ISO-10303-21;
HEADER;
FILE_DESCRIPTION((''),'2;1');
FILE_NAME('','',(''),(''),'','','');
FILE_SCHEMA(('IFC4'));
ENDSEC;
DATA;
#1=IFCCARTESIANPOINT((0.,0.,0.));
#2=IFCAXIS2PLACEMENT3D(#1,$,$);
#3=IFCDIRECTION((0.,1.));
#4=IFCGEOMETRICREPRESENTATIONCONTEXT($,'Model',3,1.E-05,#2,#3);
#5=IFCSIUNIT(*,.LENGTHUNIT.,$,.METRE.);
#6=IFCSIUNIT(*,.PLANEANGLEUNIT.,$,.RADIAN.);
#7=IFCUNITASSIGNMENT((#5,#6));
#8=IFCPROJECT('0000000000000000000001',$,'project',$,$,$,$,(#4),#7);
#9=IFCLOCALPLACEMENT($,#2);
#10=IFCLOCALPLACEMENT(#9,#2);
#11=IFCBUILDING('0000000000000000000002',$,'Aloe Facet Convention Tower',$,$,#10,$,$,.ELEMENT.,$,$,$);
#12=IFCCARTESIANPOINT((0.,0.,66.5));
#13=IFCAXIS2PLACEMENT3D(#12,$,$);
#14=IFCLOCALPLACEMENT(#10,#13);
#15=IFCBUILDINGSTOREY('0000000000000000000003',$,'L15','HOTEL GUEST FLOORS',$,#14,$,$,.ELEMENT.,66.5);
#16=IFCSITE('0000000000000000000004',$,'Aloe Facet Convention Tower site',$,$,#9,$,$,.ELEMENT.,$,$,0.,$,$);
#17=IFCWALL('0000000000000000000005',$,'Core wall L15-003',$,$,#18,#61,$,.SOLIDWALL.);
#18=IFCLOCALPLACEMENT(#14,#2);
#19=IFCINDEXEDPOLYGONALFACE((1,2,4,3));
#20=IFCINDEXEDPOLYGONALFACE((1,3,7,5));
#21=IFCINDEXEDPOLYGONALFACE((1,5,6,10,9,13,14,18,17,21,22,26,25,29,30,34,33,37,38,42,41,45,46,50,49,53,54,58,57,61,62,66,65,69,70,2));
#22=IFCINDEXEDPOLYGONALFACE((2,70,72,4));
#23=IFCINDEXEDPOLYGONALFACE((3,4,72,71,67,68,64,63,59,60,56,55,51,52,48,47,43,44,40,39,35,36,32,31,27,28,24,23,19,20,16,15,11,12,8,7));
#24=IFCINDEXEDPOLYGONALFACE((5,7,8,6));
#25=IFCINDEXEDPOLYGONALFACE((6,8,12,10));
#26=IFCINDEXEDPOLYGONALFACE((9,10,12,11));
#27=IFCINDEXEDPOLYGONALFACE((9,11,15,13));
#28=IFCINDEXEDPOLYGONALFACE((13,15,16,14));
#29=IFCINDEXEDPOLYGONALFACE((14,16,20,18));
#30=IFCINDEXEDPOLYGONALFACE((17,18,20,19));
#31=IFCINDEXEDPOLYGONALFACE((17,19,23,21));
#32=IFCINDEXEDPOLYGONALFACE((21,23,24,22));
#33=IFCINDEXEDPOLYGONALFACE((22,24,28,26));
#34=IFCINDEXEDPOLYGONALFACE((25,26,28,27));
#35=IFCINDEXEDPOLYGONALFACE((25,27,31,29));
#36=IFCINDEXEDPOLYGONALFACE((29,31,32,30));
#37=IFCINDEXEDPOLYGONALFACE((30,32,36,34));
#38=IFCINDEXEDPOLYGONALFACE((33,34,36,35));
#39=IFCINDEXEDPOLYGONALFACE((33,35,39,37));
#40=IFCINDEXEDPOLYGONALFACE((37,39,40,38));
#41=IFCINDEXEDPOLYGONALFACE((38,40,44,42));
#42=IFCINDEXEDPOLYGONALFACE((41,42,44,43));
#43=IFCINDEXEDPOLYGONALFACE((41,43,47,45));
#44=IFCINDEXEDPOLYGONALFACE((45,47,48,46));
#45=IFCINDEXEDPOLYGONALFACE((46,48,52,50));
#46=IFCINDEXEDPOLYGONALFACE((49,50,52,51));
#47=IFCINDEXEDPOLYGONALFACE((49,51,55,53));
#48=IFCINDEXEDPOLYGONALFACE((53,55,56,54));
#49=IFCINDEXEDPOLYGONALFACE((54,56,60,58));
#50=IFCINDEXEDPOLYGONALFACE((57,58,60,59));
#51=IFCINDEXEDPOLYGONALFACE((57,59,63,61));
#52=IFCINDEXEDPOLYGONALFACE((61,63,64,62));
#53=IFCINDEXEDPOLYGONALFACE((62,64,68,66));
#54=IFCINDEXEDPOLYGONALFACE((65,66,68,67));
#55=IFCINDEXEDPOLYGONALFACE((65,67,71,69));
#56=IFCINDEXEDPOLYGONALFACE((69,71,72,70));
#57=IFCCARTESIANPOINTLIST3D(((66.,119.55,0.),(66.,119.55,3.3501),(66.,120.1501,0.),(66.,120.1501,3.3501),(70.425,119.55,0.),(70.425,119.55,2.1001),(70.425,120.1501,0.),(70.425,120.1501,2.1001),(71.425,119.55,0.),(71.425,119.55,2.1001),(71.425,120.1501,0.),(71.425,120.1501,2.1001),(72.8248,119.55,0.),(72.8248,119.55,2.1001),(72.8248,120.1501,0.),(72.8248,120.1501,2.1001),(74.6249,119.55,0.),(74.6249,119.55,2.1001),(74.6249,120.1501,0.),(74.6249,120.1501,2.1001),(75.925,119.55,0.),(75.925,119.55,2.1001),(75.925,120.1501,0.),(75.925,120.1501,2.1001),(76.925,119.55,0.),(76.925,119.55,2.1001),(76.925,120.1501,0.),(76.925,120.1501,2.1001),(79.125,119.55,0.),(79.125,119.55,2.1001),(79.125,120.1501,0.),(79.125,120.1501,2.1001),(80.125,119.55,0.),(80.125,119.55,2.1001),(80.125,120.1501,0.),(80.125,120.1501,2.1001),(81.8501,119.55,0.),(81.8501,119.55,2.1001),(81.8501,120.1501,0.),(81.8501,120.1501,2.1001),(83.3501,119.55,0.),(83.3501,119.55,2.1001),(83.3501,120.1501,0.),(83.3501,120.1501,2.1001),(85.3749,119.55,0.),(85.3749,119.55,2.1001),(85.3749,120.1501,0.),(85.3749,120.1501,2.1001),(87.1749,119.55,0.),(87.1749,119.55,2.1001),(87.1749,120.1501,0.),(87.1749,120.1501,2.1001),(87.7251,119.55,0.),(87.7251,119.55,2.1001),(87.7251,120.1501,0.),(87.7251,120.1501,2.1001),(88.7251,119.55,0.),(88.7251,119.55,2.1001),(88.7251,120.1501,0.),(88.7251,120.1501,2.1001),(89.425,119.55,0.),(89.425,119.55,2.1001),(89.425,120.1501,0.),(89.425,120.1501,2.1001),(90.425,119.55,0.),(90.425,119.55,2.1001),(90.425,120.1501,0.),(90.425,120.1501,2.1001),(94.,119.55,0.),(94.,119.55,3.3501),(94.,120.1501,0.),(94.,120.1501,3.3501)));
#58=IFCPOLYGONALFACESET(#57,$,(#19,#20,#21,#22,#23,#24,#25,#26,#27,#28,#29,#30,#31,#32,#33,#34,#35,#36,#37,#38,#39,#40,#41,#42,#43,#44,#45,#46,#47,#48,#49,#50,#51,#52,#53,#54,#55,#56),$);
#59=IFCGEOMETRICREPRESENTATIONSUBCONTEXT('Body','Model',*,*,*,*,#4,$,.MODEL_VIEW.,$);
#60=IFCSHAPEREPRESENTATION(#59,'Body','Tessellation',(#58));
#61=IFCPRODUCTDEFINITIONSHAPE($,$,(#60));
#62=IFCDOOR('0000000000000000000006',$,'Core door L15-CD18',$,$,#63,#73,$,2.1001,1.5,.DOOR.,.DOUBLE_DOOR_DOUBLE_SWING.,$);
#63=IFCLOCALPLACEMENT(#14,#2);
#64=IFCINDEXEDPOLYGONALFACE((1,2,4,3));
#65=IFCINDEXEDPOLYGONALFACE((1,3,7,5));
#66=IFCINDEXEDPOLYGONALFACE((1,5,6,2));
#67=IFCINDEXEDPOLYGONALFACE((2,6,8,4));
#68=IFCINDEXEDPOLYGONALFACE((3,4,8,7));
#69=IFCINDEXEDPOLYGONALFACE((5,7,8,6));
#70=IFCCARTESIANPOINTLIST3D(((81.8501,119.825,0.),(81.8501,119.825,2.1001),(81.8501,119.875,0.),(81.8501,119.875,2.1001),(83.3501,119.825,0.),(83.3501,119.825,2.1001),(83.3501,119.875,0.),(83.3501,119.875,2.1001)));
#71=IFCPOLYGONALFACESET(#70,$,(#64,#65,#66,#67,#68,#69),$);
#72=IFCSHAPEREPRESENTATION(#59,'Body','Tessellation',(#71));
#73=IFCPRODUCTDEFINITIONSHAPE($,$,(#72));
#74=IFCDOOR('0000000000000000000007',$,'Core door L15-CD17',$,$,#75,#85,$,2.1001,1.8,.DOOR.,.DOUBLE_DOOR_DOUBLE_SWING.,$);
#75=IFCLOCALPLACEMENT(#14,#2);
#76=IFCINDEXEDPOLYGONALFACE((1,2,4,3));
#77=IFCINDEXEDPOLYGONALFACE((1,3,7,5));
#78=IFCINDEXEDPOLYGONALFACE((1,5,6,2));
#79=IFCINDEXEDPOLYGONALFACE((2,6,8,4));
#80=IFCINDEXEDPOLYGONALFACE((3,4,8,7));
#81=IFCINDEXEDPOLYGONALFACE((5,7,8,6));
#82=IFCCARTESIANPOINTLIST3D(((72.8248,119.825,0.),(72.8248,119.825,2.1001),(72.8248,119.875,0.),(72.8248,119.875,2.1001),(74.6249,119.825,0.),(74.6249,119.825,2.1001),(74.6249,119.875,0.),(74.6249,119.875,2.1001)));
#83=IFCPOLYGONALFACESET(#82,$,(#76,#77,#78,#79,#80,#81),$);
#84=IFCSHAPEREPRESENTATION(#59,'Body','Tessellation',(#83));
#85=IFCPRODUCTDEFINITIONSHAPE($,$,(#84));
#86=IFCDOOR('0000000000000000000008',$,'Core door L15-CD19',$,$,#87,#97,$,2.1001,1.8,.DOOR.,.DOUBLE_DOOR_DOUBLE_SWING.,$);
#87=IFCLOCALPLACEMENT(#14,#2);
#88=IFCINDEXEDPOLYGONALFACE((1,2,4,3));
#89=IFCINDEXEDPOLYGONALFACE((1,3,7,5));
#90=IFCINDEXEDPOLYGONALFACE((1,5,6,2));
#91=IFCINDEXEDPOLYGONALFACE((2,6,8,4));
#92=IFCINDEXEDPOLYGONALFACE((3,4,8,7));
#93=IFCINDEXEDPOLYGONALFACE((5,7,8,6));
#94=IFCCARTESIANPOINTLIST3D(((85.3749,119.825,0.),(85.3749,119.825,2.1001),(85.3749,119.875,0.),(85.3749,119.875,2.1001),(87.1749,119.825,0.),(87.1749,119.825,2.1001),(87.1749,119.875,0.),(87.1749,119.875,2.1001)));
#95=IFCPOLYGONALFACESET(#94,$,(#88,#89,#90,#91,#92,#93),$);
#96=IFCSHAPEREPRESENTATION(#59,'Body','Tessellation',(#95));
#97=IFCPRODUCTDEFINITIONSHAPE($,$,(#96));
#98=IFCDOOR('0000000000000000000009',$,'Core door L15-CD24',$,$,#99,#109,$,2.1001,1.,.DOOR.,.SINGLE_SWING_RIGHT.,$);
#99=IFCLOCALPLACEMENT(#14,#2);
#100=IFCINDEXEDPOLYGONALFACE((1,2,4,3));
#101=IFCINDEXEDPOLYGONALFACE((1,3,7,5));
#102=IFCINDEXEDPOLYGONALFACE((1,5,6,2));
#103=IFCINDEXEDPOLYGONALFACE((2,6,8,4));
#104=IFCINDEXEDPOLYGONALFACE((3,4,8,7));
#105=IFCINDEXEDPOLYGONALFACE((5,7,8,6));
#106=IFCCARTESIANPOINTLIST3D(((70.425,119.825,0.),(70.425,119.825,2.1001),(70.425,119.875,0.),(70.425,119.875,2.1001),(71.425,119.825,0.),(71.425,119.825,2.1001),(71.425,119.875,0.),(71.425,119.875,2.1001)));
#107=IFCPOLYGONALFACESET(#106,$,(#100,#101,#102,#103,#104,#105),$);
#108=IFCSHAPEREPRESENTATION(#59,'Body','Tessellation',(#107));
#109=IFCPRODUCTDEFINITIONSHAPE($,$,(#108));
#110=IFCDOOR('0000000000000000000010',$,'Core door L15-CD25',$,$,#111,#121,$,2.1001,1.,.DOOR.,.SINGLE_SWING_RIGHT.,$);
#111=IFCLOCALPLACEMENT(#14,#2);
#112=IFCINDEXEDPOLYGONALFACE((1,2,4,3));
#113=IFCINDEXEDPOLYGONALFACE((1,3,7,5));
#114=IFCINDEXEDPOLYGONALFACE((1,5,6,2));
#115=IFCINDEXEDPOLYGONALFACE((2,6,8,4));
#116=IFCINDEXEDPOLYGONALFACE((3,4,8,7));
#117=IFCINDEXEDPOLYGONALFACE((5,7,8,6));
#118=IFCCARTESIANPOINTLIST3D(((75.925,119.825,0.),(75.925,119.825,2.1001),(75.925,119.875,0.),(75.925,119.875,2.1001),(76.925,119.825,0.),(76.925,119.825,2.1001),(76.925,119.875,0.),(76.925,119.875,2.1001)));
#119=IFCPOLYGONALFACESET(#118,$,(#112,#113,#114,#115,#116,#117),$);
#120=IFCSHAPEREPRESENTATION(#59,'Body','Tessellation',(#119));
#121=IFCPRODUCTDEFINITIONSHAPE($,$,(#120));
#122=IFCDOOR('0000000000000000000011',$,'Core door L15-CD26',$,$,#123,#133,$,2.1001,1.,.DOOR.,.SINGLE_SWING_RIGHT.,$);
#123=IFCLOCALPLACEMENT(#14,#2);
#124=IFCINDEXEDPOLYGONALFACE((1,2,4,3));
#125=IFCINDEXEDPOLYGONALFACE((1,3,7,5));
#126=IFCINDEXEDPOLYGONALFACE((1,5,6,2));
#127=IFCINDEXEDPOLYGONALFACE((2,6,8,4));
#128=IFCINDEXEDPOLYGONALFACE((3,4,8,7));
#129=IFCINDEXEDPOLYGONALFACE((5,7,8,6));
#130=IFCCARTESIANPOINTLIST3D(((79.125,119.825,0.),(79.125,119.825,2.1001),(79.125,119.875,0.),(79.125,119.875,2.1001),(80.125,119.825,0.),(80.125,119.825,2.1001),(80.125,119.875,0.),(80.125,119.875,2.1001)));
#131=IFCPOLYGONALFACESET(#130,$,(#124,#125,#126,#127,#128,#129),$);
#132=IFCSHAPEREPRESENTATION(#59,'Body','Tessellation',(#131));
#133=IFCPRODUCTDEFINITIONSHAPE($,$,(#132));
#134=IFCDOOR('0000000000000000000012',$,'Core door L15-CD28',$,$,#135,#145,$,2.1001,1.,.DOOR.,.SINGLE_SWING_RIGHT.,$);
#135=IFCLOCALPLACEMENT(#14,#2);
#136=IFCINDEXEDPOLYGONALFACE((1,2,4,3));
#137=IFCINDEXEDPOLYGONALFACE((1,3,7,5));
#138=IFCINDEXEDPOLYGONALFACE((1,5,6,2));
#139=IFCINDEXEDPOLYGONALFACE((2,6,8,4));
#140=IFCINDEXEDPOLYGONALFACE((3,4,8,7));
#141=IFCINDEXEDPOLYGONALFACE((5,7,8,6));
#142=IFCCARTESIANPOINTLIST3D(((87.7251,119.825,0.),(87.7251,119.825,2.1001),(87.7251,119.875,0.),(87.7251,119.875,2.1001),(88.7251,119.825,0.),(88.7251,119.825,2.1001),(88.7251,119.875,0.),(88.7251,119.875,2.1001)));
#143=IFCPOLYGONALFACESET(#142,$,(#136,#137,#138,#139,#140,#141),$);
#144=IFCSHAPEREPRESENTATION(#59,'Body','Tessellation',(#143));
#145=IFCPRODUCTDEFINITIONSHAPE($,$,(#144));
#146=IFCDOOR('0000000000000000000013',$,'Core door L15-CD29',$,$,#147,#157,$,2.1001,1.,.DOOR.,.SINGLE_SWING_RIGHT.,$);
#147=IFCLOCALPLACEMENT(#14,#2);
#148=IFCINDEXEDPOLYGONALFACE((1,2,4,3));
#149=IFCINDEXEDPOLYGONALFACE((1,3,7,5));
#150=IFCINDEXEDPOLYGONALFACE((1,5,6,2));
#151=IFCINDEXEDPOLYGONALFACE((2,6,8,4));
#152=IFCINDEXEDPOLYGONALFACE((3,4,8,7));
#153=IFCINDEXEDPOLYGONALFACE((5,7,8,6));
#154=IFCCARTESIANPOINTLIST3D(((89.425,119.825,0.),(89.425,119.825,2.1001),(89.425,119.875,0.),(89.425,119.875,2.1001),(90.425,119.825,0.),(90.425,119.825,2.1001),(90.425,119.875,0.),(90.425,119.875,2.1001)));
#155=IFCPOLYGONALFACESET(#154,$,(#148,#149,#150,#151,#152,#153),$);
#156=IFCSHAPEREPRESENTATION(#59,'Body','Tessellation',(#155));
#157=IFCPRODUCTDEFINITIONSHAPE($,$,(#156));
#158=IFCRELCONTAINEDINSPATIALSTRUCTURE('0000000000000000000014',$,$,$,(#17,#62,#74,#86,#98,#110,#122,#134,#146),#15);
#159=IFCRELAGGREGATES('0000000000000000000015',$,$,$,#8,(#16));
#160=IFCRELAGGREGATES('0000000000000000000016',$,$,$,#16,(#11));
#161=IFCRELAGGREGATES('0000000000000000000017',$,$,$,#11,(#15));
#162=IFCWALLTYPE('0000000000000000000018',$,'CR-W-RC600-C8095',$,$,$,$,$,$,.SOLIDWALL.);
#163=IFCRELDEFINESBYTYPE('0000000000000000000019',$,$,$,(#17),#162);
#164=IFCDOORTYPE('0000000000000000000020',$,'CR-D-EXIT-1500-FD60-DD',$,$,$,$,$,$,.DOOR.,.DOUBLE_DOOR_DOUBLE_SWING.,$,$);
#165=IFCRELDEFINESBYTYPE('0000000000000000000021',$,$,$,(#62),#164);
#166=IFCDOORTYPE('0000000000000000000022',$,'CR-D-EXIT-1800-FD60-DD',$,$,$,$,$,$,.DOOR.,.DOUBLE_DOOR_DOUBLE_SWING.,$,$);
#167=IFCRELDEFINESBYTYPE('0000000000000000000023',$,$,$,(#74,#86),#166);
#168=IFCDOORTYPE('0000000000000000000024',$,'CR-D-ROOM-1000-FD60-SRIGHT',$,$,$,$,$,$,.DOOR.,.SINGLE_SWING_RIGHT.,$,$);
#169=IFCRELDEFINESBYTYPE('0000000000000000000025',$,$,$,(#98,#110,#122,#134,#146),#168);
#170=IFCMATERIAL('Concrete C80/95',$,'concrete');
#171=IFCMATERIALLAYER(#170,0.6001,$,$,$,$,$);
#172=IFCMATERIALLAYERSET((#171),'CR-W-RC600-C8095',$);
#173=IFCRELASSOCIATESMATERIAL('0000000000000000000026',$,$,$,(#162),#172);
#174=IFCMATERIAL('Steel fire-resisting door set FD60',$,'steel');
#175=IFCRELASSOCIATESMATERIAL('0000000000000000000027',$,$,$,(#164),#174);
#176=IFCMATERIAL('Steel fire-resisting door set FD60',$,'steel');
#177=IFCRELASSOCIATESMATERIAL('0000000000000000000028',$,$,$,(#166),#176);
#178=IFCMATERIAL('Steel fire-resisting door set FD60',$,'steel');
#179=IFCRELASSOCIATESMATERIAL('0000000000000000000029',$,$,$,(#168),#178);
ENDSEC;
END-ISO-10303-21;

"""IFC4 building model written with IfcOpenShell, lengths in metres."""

from ifc_helpers import new_model, si_unit, direction, frame, frame_2d, origin, place, context, subcontext, project, spatial, rectangle, extrude, material, layer, layer_set, type_object, element, fill, save


model = new_model("IFC4")

# Units and contexts
model_context = context("Model", 3, precision=1e-05, world=origin(), true_north=direction((0.0, 1.0)))
body_context = subcontext(model_context, "Body", "Model", "MODEL_VIEW")
ifc_project = project(units=[si_unit("LENGTHUNIT", "METRE"), si_unit("PLANEANGLEUNIT", "RADIAN")], contexts=[model_context])

# Site, building, storey
site_placement = place(None, origin())
site = spatial("IfcSite", under=ifc_project, at=site_placement, Name="Aloe Facet Convention Tower site", CompositionType="ELEMENT", RefElevation=0.0)
building_placement = place(site_placement, origin())
building = spatial("IfcBuilding", under=site, at=building_placement, Name="Aloe Facet Convention Tower", CompositionType="ELEMENT")
storey_placement = place(building_placement, frame((0.0, 0.0, 66.5)))
storey = spatial("IfcBuildingStorey", under=building, at=storey_placement, Name="L15", Description="HOTEL GUEST FLOORS", CompositionType="ELEMENT", Elevation=66.5)

# Wall, openings, doors
ifc_material_1 = material(Name="Concrete C80/95", Category="concrete")
ifc_layer_1 = layer(ifc_material_1, 0.6001)
ifc_layer_set_1 = layer_set([ifc_layer_1], Name="CR-W-RC600-C8095")
wall_type_1 = type_object("IfcWallType", Name="CR-W-RC600-C8095", PredefinedType="SOLIDWALL", material=ifc_layer_set_1)
wall_1_placement = place(storey_placement, frame((66.0, 119.8501, 0.0), z_axis=(0.0, 0.0, 1.0), x_axis=(1.0, 0.0, 0.0)))
wall_1 = element("IfcWall", 1, at=wall_1_placement, inside=storey, type_object=wall_type_1, Name="Core wall L15-003", PredefinedType="SOLIDWALL", context=body_context, shape_type="SweptSolid", body=[
    extrude(rectangle(XDim=28.0, YDim=0.6001, at=frame_2d((14.0, 0.0))), origin(), (0.0, 0.0, 1.0), 3.3501),
])
opening_1_placement = place(wall_1_placement, frame((6.825, 0.0, 0.0)))
opening_1 = element("IfcOpeningElement", 2, at=opening_1_placement, cuts=wall_1, PredefinedType="OPENING", context=body_context, shape_type="SweptSolid", body=[
    extrude(rectangle(XDim=1.8, YDim=2.1001, at=frame_2d((0.8999, 1.05))), frame((0.0, 0.3101, 0.0), z_axis=(0.0, -1.0, 0.0), x_axis=(1.0, 0.0, 0.0)), (0.0, 0.0, 1.0), 0.6201),
])
opening_2_placement = place(wall_1_placement, frame((15.8501, 0.0, 0.0)))
opening_2 = element("IfcOpeningElement", 3, at=opening_2_placement, cuts=wall_1, PredefinedType="OPENING", context=body_context, shape_type="SweptSolid", body=[
    extrude(rectangle(XDim=1.5, YDim=2.1001, at=frame_2d((0.75, 1.05))), frame((0.0, 0.3101, 0.0), z_axis=(0.0, -1.0, 0.0), x_axis=(1.0, 0.0, 0.0)), (0.0, 0.0, 1.0), 0.6201),
])
opening_3_placement = place(wall_1_placement, frame((19.375, 0.0, 0.0)))
opening_3 = element("IfcOpeningElement", 4, at=opening_3_placement, cuts=wall_1, PredefinedType="OPENING", context=body_context, shape_type="SweptSolid", body=[
    extrude(rectangle(XDim=1.8, YDim=2.1001, at=frame_2d((0.8999, 1.05))), frame((0.0, 0.3101, 0.0), z_axis=(0.0, -1.0, 0.0), x_axis=(1.0, 0.0, 0.0)), (0.0, 0.0, 1.0), 0.6201),
])
opening_4_placement = place(wall_1_placement, frame((4.425, 0.0, 0.0)))
opening_4 = element("IfcOpeningElement", 5, at=opening_4_placement, cuts=wall_1, PredefinedType="OPENING", context=body_context, shape_type="SweptSolid", body=[
    extrude(rectangle(XDim=1.0, YDim=2.1001, at=frame_2d((0.5, 1.05))), frame((0.0, 0.3101, 0.0), z_axis=(0.0, -1.0, 0.0), x_axis=(1.0, 0.0, 0.0)), (0.0, 0.0, 1.0), 0.6201),
])
opening_5_placement = place(wall_1_placement, frame((9.925, 0.0, 0.0)))
opening_5 = element("IfcOpeningElement", 6, at=opening_5_placement, cuts=wall_1, PredefinedType="OPENING", context=body_context, shape_type="SweptSolid", body=[
    extrude(rectangle(XDim=1.0, YDim=2.1001, at=frame_2d((0.5, 1.05))), frame((0.0, 0.3101, 0.0), z_axis=(0.0, -1.0, 0.0), x_axis=(1.0, 0.0, 0.0)), (0.0, 0.0, 1.0), 0.6201),
])
opening_6_placement = place(wall_1_placement, frame((13.125, 0.0, 0.0)))
opening_6 = element("IfcOpeningElement", 7, at=opening_6_placement, cuts=wall_1, PredefinedType="OPENING", context=body_context, shape_type="SweptSolid", body=[
    extrude(rectangle(XDim=1.0, YDim=2.1001, at=frame_2d((0.5, 1.05))), frame((0.0, 0.3101, 0.0), z_axis=(0.0, -1.0, 0.0), x_axis=(1.0, 0.0, 0.0)), (0.0, 0.0, 1.0), 0.6201),
])
opening_7_placement = place(wall_1_placement, frame((21.7251, 0.0, 0.0)))
opening_7 = element("IfcOpeningElement", 8, at=opening_7_placement, cuts=wall_1, PredefinedType="OPENING", context=body_context, shape_type="SweptSolid", body=[
    extrude(rectangle(XDim=1.0, YDim=2.1001, at=frame_2d((0.5, 1.05))), frame((0.0, 0.3101, 0.0), z_axis=(0.0, -1.0, 0.0), x_axis=(1.0, 0.0, 0.0)), (0.0, 0.0, 1.0), 0.6201),
])
opening_8_placement = place(wall_1_placement, frame((23.425, 0.0, 0.0)))
opening_8 = element("IfcOpeningElement", 9, at=opening_8_placement, cuts=wall_1, PredefinedType="OPENING", context=body_context, shape_type="SweptSolid", body=[
    extrude(rectangle(XDim=1.0, YDim=2.1001, at=frame_2d((0.5, 1.05))), frame((0.0, 0.3101, 0.0), z_axis=(0.0, -1.0, 0.0), x_axis=(1.0, 0.0, 0.0)), (0.0, 0.0, 1.0), 0.6201),
])
ifc_material_2 = material(Name="Steel fire-resisting door set FD60", Category="steel")
door_type_1 = type_object("IfcDoorType", Name="CR-D-EXIT-1500-FD60-DD", OperationType="DOUBLE_DOOR_DOUBLE_SWING", PredefinedType="DOOR", material=ifc_material_2)
door_1_placement = place(opening_2_placement, origin())
door_1 = element("IfcDoor", 10, at=door_1_placement, inside=storey, type_object=door_type_1, Name="Core door L15-CD18", OperationType="DOUBLE_DOOR_DOUBLE_SWING", OverallHeight=2.1001, OverallWidth=1.5, PredefinedType="DOOR", context=body_context, shape_type="SweptSolid", body=[
    extrude(rectangle(XDim=1.5, YDim=2.1001, at=frame_2d((0.75, 1.05))), frame((0.0, 0.0249, 0.0), z_axis=(0.0, -1.0, 0.0), x_axis=(1.0, 0.0, 0.0)), (0.0, 0.0, 1.0), 0.05),
])
fill(opening_2, door_1)
ifc_material_3 = material(Name="Steel fire-resisting door set FD60", Category="steel")
door_type_2 = type_object("IfcDoorType", Name="CR-D-EXIT-1800-FD60-DD", OperationType="DOUBLE_DOOR_DOUBLE_SWING", PredefinedType="DOOR", material=ifc_material_3)
door_2_placement = place(opening_1_placement, origin())
door_2 = element("IfcDoor", 11, at=door_2_placement, inside=storey, type_object=door_type_2, Name="Core door L15-CD17", OperationType="DOUBLE_DOOR_DOUBLE_SWING", OverallHeight=2.1001, OverallWidth=1.8, PredefinedType="DOOR", context=body_context, shape_type="SweptSolid", body=[
    extrude(rectangle(XDim=1.8, YDim=2.1001, at=frame_2d((0.8999, 1.05))), frame((0.0, 0.0249, 0.0), z_axis=(0.0, -1.0, 0.0), x_axis=(1.0, 0.0, 0.0)), (0.0, 0.0, 1.0), 0.05),
])
fill(opening_1, door_2)
door_3_placement = place(opening_3_placement, origin())
door_3 = element("IfcDoor", 12, at=door_3_placement, inside=storey, type_object=door_type_2, Name="Core door L15-CD19", OperationType="DOUBLE_DOOR_DOUBLE_SWING", OverallHeight=2.1001, OverallWidth=1.8, PredefinedType="DOOR", context=body_context, shape_type="SweptSolid", body=[
    extrude(rectangle(XDim=1.8, YDim=2.1001, at=frame_2d((0.8999, 1.05))), frame((0.0, 0.0249, 0.0), z_axis=(0.0, -1.0, 0.0), x_axis=(1.0, 0.0, 0.0)), (0.0, 0.0, 1.0), 0.05),
])
fill(opening_3, door_3)
ifc_material_4 = material(Name="Steel fire-resisting door set FD60", Category="steel")
door_type_3 = type_object("IfcDoorType", Name="CR-D-ROOM-1000-FD60-SRIGHT", OperationType="SINGLE_SWING_RIGHT", PredefinedType="DOOR", material=ifc_material_4)
door_4_placement = place(opening_4_placement, origin())
door_4 = element("IfcDoor", 13, at=door_4_placement, inside=storey, type_object=door_type_3, Name="Core door L15-CD24", OperationType="SINGLE_SWING_RIGHT", OverallHeight=2.1001, OverallWidth=1.0, PredefinedType="DOOR", context=body_context, shape_type="SweptSolid", body=[
    extrude(rectangle(XDim=1.0, YDim=2.1001, at=frame_2d((0.5, 1.05))), frame((0.0, 0.0249, 0.0), z_axis=(0.0, -1.0, 0.0), x_axis=(1.0, 0.0, 0.0)), (0.0, 0.0, 1.0), 0.05),
])
fill(opening_4, door_4)
door_5_placement = place(opening_5_placement, origin())
door_5 = element("IfcDoor", 14, at=door_5_placement, inside=storey, type_object=door_type_3, Name="Core door L15-CD25", OperationType="SINGLE_SWING_RIGHT", OverallHeight=2.1001, OverallWidth=1.0, PredefinedType="DOOR", context=body_context, shape_type="SweptSolid", body=[
    extrude(rectangle(XDim=1.0, YDim=2.1001, at=frame_2d((0.5, 1.05))), frame((0.0, 0.0249, 0.0), z_axis=(0.0, -1.0, 0.0), x_axis=(1.0, 0.0, 0.0)), (0.0, 0.0, 1.0), 0.05),
])
fill(opening_5, door_5)
door_6_placement = place(opening_6_placement, origin())
door_6 = element("IfcDoor", 15, at=door_6_placement, inside=storey, type_object=door_type_3, Name="Core door L15-CD26", OperationType="SINGLE_SWING_RIGHT", OverallHeight=2.1001, OverallWidth=1.0, PredefinedType="DOOR", context=body_context, shape_type="SweptSolid", body=[
    extrude(rectangle(XDim=1.0, YDim=2.1001, at=frame_2d((0.5, 1.05))), frame((0.0, 0.0249, 0.0), z_axis=(0.0, -1.0, 0.0), x_axis=(1.0, 0.0, 0.0)), (0.0, 0.0, 1.0), 0.05),
])
fill(opening_6, door_6)
door_7_placement = place(opening_7_placement, origin())
door_7 = element("IfcDoor", 16, at=door_7_placement, inside=storey, type_object=door_type_3, Name="Core door L15-CD28", OperationType="SINGLE_SWING_RIGHT", OverallHeight=2.1001, OverallWidth=1.0, PredefinedType="DOOR", context=body_context, shape_type="SweptSolid", body=[
    extrude(rectangle(XDim=1.0, YDim=2.1001, at=frame_2d((0.5, 1.05))), frame((0.0, 0.0249, 0.0), z_axis=(0.0, -1.0, 0.0), x_axis=(1.0, 0.0, 0.0)), (0.0, 0.0, 1.0), 0.05),
])
fill(opening_7, door_7)
door_8_placement = place(opening_8_placement, origin())
door_8 = element("IfcDoor", 17, at=door_8_placement, inside=storey, type_object=door_type_3, Name="Core door L15-CD29", OperationType="SINGLE_SWING_RIGHT", OverallHeight=2.1001, OverallWidth=1.0, PredefinedType="DOOR", context=body_context, shape_type="SweptSolid", body=[
    extrude(rectangle(XDim=1.0, YDim=2.1001, at=frame_2d((0.5, 1.05))), frame((0.0, 0.0249, 0.0), z_axis=(0.0, -1.0, 0.0), x_axis=(1.0, 0.0, 0.0)), (0.0, 0.0, 1.0), 0.05),
])
fill(opening_8, door_8)

save(model, "model.ifc")
